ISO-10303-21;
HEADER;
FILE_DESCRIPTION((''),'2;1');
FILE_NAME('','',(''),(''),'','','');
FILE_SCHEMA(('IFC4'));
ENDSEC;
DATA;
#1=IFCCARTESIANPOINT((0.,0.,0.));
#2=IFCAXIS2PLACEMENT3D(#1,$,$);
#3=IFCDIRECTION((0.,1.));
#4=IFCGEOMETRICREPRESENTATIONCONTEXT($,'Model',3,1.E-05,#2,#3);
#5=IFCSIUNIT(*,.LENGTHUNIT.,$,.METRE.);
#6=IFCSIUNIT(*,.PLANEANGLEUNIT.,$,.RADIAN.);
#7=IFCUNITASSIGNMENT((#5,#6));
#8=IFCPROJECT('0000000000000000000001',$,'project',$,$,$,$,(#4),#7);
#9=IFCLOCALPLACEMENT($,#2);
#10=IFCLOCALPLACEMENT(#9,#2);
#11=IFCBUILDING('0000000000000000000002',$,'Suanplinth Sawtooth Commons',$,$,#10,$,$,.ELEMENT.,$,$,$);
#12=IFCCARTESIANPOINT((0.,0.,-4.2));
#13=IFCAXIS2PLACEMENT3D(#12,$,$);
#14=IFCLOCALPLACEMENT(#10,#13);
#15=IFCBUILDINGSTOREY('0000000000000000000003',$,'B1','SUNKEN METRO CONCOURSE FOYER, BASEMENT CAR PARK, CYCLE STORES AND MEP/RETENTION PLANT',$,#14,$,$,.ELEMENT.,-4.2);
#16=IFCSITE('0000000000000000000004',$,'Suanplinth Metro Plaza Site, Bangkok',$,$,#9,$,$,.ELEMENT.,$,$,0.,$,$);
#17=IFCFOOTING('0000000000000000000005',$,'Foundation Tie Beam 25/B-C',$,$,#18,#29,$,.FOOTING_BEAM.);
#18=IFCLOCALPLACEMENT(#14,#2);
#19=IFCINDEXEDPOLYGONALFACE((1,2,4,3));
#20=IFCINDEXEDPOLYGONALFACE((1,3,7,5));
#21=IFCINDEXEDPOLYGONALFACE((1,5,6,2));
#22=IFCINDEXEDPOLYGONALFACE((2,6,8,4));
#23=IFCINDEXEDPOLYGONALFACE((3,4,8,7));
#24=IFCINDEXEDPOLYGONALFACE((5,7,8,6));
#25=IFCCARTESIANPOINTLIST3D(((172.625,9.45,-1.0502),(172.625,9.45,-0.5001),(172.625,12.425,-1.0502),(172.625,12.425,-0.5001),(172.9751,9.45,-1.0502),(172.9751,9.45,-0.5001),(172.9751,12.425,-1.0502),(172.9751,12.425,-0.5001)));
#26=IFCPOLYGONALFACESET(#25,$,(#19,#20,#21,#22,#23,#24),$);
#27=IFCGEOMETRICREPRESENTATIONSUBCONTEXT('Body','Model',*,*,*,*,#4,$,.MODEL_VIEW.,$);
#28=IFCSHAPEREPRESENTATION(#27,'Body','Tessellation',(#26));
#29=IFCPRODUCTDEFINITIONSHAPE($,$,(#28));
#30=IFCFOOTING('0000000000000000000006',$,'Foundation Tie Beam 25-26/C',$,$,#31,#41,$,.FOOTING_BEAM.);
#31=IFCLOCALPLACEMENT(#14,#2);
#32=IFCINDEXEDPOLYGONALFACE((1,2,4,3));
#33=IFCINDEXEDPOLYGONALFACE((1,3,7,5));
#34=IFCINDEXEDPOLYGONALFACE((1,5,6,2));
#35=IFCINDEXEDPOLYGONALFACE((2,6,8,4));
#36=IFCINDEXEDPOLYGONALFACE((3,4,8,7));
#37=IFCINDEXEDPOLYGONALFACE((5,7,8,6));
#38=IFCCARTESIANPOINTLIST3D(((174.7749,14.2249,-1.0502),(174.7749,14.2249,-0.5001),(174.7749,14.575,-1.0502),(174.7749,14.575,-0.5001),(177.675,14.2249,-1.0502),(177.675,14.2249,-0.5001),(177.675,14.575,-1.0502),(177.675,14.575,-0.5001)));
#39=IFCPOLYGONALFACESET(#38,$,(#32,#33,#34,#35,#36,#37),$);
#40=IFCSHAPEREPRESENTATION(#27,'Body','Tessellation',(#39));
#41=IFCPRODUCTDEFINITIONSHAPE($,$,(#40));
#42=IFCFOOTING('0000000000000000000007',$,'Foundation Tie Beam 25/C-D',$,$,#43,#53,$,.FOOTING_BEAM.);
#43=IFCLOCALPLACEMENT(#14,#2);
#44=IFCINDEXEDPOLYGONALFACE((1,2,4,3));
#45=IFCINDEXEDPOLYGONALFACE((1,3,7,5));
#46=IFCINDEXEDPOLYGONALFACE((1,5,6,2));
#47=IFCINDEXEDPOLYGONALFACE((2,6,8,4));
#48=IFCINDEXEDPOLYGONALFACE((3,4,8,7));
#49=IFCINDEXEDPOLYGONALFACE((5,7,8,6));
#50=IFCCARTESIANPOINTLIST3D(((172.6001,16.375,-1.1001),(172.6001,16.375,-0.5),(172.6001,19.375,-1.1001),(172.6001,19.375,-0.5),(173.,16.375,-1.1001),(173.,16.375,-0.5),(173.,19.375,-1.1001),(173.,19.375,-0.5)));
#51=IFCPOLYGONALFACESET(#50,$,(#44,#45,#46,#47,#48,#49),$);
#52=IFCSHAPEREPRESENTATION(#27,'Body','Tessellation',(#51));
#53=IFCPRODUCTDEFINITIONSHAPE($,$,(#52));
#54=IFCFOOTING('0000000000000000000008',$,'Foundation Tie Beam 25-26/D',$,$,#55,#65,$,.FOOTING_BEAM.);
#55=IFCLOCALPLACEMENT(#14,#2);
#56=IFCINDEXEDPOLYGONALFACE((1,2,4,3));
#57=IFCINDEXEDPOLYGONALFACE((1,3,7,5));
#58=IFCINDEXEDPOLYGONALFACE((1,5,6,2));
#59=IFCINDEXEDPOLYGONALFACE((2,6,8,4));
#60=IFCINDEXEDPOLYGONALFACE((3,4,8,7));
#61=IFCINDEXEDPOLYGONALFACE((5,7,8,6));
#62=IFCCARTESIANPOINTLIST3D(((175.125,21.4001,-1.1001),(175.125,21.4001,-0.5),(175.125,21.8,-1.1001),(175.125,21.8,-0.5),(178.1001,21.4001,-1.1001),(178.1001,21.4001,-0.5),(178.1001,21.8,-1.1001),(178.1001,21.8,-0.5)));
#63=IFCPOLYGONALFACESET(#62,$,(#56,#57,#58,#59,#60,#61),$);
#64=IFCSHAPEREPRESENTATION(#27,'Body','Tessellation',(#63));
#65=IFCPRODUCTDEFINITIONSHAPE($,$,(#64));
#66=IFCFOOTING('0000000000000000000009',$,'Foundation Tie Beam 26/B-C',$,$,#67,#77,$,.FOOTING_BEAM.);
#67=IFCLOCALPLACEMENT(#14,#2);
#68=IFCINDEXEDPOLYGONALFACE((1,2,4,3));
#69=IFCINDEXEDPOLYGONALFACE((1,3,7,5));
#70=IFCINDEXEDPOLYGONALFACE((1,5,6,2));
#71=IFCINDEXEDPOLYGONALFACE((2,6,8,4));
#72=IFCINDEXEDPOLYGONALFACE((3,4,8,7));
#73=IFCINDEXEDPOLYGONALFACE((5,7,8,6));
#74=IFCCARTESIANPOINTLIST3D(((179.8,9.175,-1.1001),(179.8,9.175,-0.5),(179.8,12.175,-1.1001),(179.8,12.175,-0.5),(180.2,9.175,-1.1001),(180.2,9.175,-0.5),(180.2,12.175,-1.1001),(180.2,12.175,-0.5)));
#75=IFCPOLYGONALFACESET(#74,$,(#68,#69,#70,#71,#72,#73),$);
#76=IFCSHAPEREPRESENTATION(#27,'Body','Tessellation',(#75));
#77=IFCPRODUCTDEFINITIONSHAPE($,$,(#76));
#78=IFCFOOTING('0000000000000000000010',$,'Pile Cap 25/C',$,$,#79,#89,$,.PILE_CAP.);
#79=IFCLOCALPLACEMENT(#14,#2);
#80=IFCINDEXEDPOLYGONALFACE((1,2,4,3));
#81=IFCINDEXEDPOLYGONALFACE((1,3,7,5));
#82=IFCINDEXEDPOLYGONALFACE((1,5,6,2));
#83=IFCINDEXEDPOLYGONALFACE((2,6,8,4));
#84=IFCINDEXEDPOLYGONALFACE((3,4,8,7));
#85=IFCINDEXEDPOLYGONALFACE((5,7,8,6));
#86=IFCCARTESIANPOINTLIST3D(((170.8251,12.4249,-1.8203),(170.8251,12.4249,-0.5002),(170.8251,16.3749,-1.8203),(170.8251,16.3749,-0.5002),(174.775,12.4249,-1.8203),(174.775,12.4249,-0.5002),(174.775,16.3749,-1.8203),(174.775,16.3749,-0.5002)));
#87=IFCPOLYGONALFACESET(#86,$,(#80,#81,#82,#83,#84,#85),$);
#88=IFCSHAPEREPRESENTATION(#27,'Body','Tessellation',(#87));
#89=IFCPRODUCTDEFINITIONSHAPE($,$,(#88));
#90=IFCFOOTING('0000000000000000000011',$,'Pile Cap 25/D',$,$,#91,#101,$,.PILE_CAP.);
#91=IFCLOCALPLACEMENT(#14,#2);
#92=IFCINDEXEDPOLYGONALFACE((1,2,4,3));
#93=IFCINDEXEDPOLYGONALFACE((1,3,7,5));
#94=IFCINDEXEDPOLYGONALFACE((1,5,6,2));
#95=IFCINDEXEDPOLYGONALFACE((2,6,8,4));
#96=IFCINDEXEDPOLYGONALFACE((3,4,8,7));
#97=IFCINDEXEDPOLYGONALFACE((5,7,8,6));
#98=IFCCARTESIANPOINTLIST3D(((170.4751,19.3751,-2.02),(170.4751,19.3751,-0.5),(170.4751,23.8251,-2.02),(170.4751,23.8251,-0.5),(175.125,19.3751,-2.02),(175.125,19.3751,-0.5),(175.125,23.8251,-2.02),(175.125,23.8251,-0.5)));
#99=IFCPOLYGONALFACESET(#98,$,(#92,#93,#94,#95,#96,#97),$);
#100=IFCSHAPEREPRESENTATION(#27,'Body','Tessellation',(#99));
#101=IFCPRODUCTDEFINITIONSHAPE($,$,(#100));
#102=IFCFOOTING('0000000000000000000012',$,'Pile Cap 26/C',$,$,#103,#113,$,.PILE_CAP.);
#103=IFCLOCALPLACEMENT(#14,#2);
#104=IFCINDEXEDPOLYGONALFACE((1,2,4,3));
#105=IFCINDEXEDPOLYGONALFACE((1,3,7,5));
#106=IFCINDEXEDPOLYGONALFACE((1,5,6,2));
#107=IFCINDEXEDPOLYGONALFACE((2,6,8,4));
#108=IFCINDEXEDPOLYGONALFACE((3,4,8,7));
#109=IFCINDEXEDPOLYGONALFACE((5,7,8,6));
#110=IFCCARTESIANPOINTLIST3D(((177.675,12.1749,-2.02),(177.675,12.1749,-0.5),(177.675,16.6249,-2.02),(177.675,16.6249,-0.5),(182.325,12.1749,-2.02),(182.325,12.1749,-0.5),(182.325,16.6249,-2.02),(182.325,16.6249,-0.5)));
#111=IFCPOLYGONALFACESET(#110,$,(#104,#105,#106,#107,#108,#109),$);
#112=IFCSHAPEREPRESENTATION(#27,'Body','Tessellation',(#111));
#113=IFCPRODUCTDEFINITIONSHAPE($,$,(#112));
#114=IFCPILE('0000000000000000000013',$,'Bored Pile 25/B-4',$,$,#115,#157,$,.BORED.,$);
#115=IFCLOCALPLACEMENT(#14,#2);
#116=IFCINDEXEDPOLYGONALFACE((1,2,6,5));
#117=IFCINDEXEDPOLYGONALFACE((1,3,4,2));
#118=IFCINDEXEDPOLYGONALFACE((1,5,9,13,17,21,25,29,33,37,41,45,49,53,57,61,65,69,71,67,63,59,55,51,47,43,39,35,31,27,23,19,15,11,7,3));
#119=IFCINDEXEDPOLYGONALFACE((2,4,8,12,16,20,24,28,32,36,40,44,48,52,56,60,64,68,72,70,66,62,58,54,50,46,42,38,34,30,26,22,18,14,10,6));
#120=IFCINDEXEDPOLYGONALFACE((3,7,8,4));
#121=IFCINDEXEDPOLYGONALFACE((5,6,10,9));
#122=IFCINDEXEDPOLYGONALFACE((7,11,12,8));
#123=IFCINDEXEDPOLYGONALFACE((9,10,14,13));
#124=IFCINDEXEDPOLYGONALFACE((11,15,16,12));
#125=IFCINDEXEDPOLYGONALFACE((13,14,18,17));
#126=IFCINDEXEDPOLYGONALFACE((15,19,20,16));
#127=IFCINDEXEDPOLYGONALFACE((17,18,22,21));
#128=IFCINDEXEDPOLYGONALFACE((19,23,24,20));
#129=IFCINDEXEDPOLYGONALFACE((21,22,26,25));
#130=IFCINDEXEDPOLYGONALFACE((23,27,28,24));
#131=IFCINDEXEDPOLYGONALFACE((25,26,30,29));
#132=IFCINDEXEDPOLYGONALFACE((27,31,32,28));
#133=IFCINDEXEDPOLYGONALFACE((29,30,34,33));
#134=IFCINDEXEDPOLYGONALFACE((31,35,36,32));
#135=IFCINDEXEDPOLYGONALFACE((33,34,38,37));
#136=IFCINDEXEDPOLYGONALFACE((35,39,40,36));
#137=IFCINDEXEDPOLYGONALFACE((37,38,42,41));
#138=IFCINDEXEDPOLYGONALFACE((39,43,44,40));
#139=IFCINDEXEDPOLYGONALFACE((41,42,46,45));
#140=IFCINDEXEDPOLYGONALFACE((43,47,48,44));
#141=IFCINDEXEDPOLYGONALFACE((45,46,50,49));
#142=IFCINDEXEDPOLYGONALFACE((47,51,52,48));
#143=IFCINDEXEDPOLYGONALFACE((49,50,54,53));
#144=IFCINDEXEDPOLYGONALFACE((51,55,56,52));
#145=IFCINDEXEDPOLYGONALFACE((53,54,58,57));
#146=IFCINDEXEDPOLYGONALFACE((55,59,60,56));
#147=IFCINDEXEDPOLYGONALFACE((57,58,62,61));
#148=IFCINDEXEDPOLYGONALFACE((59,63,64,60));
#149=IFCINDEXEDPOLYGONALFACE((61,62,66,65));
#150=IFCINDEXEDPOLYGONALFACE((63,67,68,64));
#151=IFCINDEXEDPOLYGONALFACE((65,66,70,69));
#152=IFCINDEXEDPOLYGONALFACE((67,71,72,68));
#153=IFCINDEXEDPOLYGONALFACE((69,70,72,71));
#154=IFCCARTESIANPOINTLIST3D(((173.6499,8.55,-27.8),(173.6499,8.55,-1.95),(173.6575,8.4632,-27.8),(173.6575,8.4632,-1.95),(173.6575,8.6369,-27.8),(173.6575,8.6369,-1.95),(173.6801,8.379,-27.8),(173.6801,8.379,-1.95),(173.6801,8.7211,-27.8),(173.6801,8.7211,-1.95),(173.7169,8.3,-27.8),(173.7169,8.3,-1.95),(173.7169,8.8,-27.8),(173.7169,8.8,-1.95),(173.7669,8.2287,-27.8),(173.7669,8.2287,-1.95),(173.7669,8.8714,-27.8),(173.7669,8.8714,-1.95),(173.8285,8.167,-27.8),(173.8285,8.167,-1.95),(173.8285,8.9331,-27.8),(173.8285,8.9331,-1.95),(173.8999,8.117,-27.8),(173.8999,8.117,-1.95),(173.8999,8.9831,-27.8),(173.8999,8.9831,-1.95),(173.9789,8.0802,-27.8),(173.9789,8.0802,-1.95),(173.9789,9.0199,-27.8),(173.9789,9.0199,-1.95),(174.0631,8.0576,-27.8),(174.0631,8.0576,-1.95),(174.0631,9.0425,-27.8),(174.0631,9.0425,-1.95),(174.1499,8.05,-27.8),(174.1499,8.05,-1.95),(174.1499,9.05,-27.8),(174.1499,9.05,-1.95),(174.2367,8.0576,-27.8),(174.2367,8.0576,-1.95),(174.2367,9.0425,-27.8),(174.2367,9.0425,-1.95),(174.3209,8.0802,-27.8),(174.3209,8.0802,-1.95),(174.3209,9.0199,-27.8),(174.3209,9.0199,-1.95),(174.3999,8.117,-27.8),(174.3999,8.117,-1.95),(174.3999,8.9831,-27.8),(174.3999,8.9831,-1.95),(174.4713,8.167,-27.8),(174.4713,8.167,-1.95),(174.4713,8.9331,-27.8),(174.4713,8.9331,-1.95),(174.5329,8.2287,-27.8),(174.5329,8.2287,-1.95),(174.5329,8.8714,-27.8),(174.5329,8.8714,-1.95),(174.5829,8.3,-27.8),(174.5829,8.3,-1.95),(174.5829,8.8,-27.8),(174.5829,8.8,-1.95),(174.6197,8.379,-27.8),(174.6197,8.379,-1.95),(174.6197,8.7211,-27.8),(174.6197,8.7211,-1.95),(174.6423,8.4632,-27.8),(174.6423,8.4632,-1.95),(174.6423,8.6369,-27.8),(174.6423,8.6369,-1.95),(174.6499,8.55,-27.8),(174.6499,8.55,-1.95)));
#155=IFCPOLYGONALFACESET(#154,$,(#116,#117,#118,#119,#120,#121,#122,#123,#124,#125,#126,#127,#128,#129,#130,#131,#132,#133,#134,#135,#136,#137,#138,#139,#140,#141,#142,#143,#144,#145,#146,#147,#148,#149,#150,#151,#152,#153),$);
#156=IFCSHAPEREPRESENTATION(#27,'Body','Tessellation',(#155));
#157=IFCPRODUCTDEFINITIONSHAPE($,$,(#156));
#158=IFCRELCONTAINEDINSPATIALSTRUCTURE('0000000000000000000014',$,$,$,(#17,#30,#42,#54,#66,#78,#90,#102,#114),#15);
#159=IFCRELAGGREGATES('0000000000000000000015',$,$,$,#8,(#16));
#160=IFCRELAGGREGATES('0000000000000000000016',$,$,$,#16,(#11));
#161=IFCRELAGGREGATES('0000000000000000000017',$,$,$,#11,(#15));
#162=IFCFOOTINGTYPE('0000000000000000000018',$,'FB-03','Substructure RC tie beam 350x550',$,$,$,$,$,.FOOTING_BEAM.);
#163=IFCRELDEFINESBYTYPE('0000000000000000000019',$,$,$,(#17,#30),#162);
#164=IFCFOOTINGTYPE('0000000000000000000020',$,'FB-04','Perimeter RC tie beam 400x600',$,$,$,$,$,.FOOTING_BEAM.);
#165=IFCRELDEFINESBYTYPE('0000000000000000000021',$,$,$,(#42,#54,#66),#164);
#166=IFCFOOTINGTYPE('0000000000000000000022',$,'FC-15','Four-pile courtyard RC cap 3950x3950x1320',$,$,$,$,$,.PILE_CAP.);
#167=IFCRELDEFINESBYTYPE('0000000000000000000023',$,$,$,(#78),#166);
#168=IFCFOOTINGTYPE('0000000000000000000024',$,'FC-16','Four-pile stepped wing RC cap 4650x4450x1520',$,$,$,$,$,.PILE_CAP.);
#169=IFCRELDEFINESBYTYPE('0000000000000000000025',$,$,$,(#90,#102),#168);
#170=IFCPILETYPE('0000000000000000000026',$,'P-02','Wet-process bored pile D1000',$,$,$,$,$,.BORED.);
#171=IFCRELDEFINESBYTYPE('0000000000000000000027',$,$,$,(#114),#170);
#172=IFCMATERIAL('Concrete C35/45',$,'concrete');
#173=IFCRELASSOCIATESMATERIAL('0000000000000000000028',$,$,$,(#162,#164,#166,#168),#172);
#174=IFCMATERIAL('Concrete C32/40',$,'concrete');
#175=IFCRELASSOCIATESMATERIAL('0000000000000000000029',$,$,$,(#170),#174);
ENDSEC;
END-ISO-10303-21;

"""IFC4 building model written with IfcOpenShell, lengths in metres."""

from ifc_helpers import new_model, si_unit, direction, frame, origin, origin_2d, place, context, subcontext, project, spatial, rectangle, circle, extrude, material, material_profile, profile_set, type_object, element, save


model = new_model("IFC4")

# Units and contexts
model_context = context("Model", 3, precision=1e-05, world=origin(), true_north=direction((0.0, 1.0)))
body_context = subcontext(model_context, "Body", "Model", "MODEL_VIEW")
ifc_project = project(units=[si_unit("LENGTHUNIT", "METRE"), si_unit("PLANEANGLEUNIT", "RADIAN")], contexts=[model_context])

# Site, building, storey
site_placement = place(None, origin())
site = spatial("IfcSite", under=ifc_project, at=site_placement, Name="Suanplinth Metro Plaza Site, Bangkok", CompositionType="ELEMENT", RefElevation=0.0)
building_placement = place(site_placement, origin())
building = spatial("IfcBuilding", under=site, at=building_placement, Name="Suanplinth Sawtooth Commons", CompositionType="ELEMENT")
storey_placement = place(building_placement, frame((0.0, 0.0, -4.2)))
storey = spatial("IfcBuildingStorey", under=building, at=storey_placement, Name="B1", Description="SUNKEN METRO CONCOURSE FOYER, BASEMENT CAR PARK, CYCLE STORES AND MEP/RETENTION PLANT", CompositionType="ELEMENT", Elevation=-4.2)

# Footings
ifc_material_1 = material(Name="Concrete C35/45", Category="concrete")
ifc_material_profile_1 = material_profile(ifc_material_1, rectangle(XDim=0.3501, YDim=0.55, at=origin_2d()), Name="PC-BM 350x550")
ifc_profile_set_1 = profile_set([ifc_material_profile_1], Name="Concrete C35/45")
footing_type_1 = type_object("IfcFootingType", Name="FB-03", Description="Substructure RC tie beam 350x550", PredefinedType="FOOTING_BEAM", material=ifc_profile_set_1)
footing_1_placement = place(storey_placement, frame((172.8, 9.45, -0.7751), z_axis=(0.0, 1.0, 0.0), x_axis=(-1.0, 0.0, 0.0)))
element("IfcFooting", 1, at=footing_1_placement, inside=storey, type_object=footing_type_1, Name="Foundation Tie Beam 25/B-C", PredefinedType="FOOTING_BEAM", context=body_context, shape_type="SweptSolid", body=[
    extrude(rectangle(XDim=0.3501, YDim=0.55, at=origin_2d()), origin(), (0.0, 0.0, 1.0), 2.9751),
])
footing_2_placement = place(storey_placement, frame((174.7749, 14.3999, -0.7751), z_axis=(1.0, 0.0, 0.0), x_axis=(0.0, 1.0, 0.0)))
element("IfcFooting", 2, at=footing_2_placement, inside=storey, type_object=footing_type_1, Name="Foundation Tie Beam 25-26/C", PredefinedType="FOOTING_BEAM", context=body_context, shape_type="SweptSolid", body=[
    extrude(rectangle(XDim=0.3501, YDim=0.55, at=origin_2d()), origin(), (0.0, 0.0, 1.0), 2.9001),
])
ifc_material_profile_2 = material_profile(ifc_material_1, rectangle(XDim=0.3999, YDim=0.6001, at=origin_2d()), Name="PC-GDR 400x600")
ifc_profile_set_2 = profile_set([ifc_material_profile_2], Name="Concrete C35/45")
footing_type_2 = type_object("IfcFootingType", Name="FB-04", Description="Perimeter RC tie beam 400x600", PredefinedType="FOOTING_BEAM", material=ifc_profile_set_2)
footing_3_placement = place(storey_placement, frame((172.8, 16.375, -0.8), z_axis=(0.0, 1.0, 0.0), x_axis=(-1.0, 0.0, 0.0)))
element("IfcFooting", 3, at=footing_3_placement, inside=storey, type_object=footing_type_2, Name="Foundation Tie Beam 25/C-D", PredefinedType="FOOTING_BEAM", context=body_context, shape_type="SweptSolid", body=[
    extrude(rectangle(XDim=0.3999, YDim=0.6001, at=origin_2d()), origin(), (0.0, 0.0, 1.0), 3.0),
])
footing_4_placement = place(storey_placement, frame((175.125, 21.6001, -0.8), z_axis=(1.0, 0.0, 0.0), x_axis=(0.0, 1.0, 0.0)))
element("IfcFooting", 4, at=footing_4_placement, inside=storey, type_object=footing_type_2, Name="Foundation Tie Beam 25-26/D", PredefinedType="FOOTING_BEAM", context=body_context, shape_type="SweptSolid", body=[
    extrude(rectangle(XDim=0.3999, YDim=0.6001, at=origin_2d()), origin(), (0.0, 0.0, 1.0), 2.9751),
])
footing_5_placement = place(storey_placement, frame((180.0, 9.175, -0.8), z_axis=(0.0, 1.0, 0.0), x_axis=(-1.0, 0.0, 0.0)))
element("IfcFooting", 5, at=footing_5_placement, inside=storey, type_object=footing_type_2, Name="Foundation Tie Beam 26/B-C", PredefinedType="FOOTING_BEAM", context=body_context, shape_type="SweptSolid", body=[
    extrude(rectangle(XDim=0.3999, YDim=0.6001, at=origin_2d()), origin(), (0.0, 0.0, 1.0), 3.0),
])
footing_type_3 = type_object("IfcFootingType", Name="FC-15", Description="Four-pile courtyard RC cap 3950x3950x1320", PredefinedType="PILE_CAP", material=ifc_material_1)
footing_6_placement = place(storey_placement, frame((172.8, 14.3999, -1.8203), z_axis=(0.0, 0.0, 1.0), x_axis=(1.0, 0.0, 0.0)))
element("IfcFooting", 6, at=footing_6_placement, inside=storey, type_object=footing_type_3, Name="Pile Cap 25/C", PredefinedType="PILE_CAP", context=body_context, shape_type="SweptSolid", body=[
    extrude(rectangle(XDim=3.95, YDim=3.95, at=origin_2d()), origin(), (0.0, 0.0, 1.0), 1.3201),
])
footing_type_4 = type_object("IfcFootingType", Name="FC-16", Description="Four-pile stepped wing RC cap 4650x4450x1520", PredefinedType="PILE_CAP", material=ifc_material_1)
for number, where, z_axis, x_axis, name in (
    (7, (172.8, 21.6001, -2.02), (0.0, 0.0, 1.0), (1.0, 0.0, 0.0), "Pile Cap 25/D"),
    (8, (180.0, 14.3999, -2.02), (0.0, 0.0, 1.0), (1.0, 0.0, 0.0), "Pile Cap 26/C"),
):
    element("IfcFooting", number, at=place(storey_placement, frame(where, z_axis=z_axis, x_axis=x_axis)), inside=storey, type_object=footing_type_4, Name=name, PredefinedType="PILE_CAP", context=body_context, shape_type="SweptSolid", body=[
        extrude(rectangle(XDim=4.6499, YDim=4.45, at=origin_2d()), origin(), (0.0, 0.0, 1.0), 1.52),
    ])

# Pile
ifc_material_2 = material(Name="Concrete C32/40", Category="concrete")
ifc_material_profile_3 = material_profile(ifc_material_2, circle(Radius=0.5, at=origin_2d()), Name="PILE D1000")
ifc_profile_set_3 = profile_set([ifc_material_profile_3], Name="Concrete C32/40")
pile_type = type_object("IfcPileType", Name="P-02", Description="Wet-process bored pile D1000", PredefinedType="BORED", material=ifc_profile_set_3)
pile_1_placement = place(storey_placement, frame((174.1499, 8.55, -1.95), z_axis=(0.0, 0.0, -1.0), x_axis=(1.0, 0.0, 0.0)))
element("IfcPile", 9, at=pile_1_placement, inside=storey, type_object=pile_type, Name="Bored Pile 25/B-4", PredefinedType="BORED", context=body_context, shape_type="SweptSolid", body=[
    extrude(circle(Radius=0.5, at=origin_2d()), origin(), (0.0, 0.0, 1.0), 25.8501),
])

save(model, "model.ifc")
